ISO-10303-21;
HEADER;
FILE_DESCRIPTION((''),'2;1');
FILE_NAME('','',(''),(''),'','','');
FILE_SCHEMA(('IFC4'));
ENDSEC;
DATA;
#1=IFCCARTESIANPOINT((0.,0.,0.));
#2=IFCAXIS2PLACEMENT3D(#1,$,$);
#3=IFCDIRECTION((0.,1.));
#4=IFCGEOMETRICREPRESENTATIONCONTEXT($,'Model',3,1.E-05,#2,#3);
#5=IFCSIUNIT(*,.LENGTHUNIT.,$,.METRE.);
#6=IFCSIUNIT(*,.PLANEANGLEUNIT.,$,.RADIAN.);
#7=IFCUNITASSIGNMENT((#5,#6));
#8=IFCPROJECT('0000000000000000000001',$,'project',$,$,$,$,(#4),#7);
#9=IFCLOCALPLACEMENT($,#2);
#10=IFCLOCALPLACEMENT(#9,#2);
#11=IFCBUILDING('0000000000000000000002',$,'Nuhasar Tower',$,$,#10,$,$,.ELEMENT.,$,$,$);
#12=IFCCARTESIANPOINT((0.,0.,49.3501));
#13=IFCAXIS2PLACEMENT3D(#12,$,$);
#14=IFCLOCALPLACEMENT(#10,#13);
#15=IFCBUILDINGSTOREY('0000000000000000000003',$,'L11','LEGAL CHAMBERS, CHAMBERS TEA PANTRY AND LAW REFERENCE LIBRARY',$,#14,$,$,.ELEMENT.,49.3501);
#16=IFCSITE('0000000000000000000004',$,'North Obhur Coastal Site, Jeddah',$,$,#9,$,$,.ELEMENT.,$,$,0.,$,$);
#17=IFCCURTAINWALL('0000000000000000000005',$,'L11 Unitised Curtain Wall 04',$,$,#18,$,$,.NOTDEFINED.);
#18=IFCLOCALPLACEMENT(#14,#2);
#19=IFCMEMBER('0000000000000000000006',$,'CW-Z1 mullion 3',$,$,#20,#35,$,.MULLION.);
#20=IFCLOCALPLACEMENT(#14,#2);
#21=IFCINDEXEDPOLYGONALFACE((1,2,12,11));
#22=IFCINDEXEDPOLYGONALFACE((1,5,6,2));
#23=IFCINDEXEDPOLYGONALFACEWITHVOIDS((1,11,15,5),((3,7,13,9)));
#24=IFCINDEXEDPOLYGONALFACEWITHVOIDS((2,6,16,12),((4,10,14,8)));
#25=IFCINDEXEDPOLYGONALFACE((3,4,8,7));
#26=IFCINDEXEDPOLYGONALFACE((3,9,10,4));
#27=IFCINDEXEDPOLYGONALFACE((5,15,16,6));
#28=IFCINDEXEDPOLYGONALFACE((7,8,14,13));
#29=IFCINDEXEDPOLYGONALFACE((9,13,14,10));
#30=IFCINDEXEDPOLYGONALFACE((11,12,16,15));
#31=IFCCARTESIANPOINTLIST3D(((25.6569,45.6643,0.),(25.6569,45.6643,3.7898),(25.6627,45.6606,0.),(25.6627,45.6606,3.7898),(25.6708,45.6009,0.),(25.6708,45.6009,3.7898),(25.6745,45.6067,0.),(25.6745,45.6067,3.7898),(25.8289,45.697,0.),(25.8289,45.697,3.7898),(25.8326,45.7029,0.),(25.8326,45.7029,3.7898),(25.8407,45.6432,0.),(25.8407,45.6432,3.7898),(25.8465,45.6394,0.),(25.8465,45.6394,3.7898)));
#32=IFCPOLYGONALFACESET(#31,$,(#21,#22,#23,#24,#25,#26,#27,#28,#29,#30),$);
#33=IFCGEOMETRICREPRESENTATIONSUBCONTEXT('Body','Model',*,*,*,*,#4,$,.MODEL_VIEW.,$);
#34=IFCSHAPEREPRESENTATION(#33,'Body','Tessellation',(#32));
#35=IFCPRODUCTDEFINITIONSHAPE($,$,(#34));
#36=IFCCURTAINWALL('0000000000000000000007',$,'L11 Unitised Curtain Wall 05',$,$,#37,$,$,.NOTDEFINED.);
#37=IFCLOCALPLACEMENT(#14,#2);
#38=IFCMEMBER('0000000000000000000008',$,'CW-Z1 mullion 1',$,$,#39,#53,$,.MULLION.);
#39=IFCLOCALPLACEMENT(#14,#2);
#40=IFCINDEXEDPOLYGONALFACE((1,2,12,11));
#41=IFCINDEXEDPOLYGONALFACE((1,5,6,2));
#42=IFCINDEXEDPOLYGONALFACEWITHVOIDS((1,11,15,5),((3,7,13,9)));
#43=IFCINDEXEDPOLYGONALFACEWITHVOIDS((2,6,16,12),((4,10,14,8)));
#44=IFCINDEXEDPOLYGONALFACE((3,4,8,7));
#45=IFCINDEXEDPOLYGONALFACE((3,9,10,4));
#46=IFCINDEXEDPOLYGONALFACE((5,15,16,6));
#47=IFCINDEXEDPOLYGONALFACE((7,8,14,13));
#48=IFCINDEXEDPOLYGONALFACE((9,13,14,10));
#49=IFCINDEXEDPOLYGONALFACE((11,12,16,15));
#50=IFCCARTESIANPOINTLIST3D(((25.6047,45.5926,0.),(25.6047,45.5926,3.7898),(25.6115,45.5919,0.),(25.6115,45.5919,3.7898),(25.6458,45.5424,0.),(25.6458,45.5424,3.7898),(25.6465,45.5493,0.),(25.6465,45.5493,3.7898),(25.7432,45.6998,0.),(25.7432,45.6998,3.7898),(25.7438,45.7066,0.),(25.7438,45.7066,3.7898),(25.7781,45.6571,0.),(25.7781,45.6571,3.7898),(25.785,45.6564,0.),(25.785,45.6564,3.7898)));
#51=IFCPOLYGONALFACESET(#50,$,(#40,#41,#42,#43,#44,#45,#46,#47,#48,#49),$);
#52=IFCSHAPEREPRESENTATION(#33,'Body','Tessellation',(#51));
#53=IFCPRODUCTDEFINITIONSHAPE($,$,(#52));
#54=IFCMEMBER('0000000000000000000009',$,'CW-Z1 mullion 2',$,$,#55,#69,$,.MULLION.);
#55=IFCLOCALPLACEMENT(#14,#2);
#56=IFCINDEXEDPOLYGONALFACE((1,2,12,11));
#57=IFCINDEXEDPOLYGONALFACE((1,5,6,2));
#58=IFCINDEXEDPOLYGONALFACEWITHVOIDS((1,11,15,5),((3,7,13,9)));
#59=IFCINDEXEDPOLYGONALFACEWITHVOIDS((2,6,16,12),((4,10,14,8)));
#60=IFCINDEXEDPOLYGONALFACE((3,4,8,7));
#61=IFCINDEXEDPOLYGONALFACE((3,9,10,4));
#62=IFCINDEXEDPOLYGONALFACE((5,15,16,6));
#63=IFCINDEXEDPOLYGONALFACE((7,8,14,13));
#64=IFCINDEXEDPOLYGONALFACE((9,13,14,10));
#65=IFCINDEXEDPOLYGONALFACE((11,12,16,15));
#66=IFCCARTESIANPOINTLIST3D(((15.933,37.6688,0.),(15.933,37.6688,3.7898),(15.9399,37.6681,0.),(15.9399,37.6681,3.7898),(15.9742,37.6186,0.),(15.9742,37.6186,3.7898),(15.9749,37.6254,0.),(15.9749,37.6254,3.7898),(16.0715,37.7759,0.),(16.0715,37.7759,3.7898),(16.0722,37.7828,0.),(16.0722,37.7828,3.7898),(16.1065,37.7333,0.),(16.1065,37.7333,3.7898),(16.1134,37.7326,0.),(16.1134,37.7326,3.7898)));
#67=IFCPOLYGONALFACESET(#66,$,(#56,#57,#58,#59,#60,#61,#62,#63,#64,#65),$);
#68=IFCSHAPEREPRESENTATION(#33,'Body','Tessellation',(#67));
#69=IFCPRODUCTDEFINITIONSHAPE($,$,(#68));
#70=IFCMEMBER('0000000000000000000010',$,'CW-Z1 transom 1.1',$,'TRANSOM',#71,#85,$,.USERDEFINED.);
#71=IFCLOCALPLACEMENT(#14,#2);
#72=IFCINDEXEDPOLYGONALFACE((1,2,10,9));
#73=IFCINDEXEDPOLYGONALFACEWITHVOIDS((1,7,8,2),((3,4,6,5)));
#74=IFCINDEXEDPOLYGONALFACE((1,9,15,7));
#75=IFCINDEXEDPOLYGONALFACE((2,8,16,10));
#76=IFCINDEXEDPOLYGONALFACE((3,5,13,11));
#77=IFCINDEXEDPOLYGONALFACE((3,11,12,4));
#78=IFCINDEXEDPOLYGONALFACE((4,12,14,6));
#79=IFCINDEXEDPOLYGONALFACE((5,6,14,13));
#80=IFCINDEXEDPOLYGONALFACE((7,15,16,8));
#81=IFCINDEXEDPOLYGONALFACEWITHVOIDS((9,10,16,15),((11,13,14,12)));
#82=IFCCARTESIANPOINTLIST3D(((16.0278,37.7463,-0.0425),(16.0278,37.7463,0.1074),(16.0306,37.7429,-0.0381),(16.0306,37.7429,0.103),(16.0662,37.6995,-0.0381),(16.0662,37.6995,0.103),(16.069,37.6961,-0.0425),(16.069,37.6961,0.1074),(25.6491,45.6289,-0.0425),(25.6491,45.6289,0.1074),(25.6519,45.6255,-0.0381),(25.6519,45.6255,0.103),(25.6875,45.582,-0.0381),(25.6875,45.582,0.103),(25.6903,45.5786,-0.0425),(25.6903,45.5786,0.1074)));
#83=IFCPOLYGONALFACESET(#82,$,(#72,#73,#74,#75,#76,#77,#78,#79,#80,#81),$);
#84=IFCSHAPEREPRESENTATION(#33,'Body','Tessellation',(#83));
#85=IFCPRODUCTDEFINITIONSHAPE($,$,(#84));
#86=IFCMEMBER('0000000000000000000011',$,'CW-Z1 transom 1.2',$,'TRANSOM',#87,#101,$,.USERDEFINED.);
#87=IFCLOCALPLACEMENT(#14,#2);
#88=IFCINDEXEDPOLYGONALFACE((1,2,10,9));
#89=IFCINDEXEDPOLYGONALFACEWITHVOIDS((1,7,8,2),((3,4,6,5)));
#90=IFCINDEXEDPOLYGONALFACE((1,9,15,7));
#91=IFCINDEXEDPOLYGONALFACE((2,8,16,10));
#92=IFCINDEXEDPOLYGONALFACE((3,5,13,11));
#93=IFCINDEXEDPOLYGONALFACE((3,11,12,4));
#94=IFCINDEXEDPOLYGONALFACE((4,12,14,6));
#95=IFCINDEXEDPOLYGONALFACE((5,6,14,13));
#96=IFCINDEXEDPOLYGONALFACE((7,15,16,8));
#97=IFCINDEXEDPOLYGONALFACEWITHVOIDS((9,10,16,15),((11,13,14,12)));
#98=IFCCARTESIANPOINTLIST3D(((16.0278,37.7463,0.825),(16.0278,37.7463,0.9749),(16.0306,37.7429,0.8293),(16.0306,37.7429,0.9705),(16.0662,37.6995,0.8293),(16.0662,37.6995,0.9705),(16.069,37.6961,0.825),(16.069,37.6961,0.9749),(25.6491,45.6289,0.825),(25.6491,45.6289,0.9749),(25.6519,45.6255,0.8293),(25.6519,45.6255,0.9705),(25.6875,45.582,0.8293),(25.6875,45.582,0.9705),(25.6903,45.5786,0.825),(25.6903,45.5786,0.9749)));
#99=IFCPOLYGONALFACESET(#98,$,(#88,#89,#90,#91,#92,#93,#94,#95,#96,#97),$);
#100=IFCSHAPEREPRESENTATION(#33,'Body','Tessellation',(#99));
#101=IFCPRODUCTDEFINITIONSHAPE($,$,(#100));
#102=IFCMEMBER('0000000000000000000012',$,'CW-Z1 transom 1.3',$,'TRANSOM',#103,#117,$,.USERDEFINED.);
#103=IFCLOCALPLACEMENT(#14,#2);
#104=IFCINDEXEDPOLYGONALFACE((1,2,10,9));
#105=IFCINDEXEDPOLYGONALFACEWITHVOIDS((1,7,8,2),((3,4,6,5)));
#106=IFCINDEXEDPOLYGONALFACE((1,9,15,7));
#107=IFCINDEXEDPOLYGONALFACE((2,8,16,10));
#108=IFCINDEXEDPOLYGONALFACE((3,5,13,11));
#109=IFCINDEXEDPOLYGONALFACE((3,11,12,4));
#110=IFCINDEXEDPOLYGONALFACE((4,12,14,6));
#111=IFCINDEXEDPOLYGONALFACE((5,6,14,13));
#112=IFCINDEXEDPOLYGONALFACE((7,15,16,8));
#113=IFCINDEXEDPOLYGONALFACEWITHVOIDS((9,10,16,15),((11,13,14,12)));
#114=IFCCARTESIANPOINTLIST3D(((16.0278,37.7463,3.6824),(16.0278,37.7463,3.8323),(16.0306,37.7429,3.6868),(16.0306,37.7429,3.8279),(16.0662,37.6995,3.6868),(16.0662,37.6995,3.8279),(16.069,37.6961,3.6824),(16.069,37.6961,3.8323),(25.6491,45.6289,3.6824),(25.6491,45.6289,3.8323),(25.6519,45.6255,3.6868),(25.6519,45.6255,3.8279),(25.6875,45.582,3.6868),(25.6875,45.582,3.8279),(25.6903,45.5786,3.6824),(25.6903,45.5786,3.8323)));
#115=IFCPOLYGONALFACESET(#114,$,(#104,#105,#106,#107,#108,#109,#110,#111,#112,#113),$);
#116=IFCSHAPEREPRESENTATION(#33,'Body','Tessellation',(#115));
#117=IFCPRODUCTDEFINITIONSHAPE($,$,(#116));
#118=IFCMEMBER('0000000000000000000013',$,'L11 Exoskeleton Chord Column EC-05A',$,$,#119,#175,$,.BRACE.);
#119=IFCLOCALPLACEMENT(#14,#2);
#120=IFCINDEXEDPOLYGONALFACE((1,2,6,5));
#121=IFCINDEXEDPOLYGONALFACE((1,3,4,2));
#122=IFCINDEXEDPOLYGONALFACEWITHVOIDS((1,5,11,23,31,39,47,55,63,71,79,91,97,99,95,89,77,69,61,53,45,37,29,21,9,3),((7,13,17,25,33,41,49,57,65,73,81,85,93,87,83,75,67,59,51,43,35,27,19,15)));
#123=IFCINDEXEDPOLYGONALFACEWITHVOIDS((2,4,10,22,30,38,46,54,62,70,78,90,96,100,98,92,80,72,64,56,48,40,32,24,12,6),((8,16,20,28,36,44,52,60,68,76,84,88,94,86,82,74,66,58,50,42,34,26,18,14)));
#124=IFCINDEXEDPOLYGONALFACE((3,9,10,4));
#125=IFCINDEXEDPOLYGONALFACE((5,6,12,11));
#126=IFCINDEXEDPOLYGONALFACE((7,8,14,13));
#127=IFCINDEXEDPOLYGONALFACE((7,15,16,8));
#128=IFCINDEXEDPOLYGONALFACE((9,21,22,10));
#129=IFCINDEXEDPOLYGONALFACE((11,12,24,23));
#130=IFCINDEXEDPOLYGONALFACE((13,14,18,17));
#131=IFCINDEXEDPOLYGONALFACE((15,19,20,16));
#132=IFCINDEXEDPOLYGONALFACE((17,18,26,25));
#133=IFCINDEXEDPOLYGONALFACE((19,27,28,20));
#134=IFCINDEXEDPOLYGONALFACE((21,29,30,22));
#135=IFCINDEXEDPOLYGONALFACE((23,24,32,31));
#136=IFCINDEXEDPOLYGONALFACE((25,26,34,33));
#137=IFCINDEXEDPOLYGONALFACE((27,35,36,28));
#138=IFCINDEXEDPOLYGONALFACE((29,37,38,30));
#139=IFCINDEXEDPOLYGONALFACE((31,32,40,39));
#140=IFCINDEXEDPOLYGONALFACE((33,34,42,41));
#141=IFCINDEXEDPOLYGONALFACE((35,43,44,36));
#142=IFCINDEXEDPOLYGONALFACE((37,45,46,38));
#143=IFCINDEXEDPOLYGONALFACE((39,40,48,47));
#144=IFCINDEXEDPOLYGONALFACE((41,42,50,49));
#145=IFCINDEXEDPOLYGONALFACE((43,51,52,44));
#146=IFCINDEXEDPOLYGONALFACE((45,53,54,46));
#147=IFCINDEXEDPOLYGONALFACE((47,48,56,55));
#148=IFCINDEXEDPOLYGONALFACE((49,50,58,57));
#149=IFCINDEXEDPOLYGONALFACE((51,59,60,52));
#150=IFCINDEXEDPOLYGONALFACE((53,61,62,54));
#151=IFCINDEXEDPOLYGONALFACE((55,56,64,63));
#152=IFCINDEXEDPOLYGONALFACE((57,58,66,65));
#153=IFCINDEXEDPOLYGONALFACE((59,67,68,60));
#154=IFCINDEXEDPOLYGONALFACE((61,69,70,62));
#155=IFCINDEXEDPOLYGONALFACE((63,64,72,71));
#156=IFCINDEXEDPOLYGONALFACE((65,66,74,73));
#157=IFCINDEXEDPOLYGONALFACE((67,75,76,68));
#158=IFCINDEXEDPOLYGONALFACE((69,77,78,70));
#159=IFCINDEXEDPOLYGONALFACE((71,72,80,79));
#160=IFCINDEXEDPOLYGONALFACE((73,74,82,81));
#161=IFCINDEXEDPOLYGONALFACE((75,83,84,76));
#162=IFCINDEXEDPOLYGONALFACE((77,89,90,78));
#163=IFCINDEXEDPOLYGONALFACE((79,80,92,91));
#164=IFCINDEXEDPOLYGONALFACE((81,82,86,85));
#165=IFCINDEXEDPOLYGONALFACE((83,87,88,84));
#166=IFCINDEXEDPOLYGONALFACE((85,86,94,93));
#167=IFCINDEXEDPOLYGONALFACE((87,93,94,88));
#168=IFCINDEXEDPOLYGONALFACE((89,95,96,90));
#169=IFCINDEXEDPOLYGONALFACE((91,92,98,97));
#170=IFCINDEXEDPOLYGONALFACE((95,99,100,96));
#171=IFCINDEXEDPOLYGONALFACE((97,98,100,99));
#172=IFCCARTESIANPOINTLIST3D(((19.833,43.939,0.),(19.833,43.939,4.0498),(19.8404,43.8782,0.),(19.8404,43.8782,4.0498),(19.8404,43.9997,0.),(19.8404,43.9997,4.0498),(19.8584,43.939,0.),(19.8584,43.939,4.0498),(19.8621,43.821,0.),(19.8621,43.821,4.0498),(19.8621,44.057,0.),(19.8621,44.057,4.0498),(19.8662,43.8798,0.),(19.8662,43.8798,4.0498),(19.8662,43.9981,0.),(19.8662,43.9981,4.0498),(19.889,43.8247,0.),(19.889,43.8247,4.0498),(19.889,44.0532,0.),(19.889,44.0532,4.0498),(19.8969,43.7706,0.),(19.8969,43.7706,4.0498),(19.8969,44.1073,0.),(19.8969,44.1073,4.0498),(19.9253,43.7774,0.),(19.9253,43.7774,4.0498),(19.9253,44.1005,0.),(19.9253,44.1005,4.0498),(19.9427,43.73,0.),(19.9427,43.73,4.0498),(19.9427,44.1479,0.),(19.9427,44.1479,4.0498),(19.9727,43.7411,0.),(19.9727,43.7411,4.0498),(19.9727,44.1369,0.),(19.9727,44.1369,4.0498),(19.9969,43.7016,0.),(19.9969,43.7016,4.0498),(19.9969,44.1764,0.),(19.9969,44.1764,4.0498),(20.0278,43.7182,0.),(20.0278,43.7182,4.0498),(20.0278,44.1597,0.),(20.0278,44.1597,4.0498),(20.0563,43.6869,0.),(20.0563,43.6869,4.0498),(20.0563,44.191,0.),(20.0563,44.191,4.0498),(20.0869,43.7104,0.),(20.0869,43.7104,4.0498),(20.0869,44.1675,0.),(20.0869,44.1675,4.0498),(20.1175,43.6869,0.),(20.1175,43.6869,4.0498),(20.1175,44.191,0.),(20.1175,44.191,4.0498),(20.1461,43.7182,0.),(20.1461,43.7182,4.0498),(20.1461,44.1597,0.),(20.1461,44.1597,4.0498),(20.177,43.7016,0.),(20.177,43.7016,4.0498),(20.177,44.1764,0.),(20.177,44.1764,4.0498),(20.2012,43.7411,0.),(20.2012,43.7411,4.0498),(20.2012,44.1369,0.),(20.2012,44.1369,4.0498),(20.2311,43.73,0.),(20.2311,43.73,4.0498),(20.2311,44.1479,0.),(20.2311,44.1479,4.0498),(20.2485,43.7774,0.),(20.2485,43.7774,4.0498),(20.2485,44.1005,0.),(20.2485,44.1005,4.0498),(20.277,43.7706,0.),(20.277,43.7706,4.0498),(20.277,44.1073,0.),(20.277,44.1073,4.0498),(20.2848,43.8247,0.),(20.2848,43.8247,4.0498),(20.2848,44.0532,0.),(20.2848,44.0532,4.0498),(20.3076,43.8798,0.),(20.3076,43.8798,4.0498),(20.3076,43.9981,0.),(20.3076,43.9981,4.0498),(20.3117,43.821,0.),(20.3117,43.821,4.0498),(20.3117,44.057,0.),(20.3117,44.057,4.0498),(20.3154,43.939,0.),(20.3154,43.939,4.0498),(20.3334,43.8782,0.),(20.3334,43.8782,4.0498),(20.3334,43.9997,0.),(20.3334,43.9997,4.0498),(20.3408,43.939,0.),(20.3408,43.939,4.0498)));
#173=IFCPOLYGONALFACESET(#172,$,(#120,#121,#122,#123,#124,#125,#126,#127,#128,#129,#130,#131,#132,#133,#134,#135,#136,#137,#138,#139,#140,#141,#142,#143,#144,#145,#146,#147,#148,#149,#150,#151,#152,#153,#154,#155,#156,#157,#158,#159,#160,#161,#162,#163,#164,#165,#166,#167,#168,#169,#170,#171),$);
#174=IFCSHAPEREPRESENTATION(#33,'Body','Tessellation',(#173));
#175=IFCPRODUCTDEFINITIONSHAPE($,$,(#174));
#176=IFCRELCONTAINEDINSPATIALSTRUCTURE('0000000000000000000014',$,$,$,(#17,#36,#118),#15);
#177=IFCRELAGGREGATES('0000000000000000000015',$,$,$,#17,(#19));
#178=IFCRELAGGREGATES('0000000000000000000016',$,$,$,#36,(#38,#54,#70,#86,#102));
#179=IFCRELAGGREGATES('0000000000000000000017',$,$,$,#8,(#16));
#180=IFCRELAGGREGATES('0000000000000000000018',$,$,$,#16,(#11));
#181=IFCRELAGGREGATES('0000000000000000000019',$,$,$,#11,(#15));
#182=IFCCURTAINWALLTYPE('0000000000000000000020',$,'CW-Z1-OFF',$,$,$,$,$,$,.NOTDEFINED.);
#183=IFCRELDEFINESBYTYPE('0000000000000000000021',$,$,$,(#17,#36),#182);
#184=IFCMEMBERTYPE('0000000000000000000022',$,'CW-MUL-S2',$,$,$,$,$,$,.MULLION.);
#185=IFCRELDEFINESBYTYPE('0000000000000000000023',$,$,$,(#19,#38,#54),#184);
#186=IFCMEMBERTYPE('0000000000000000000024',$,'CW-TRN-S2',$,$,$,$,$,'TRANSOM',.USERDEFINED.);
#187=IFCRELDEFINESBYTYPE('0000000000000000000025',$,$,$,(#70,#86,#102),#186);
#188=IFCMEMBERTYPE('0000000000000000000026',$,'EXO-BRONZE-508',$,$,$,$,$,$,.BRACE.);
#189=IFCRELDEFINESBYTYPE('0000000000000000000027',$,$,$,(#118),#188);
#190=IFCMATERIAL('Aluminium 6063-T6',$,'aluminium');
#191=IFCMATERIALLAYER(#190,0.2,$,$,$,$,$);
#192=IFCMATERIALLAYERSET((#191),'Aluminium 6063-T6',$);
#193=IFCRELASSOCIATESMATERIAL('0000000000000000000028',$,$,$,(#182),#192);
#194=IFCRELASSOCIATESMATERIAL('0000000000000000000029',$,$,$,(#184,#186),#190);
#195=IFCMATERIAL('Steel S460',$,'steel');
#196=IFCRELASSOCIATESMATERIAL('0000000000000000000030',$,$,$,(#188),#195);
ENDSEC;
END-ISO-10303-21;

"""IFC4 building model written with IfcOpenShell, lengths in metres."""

from ifc_helpers import new_model, si_unit, direction, frame, origin, origin_2d, place, context, subcontext, project, spatial, hollow_rectangle, hollow_circle, extrude, material, layer, layer_set, material_profile, profile_set, type_object, element, aggregate, save


model = new_model("IFC4")

# Units and contexts
model_context = context("Model", 3, precision=1e-05, world=origin(), true_north=direction((0.0, 1.0)))
body_context = subcontext(model_context, "Body", "Model", "MODEL_VIEW")
ifc_project = project(units=[si_unit("LENGTHUNIT", "METRE"), si_unit("PLANEANGLEUNIT", "RADIAN")], contexts=[model_context])

# Site, building, storey
site_placement = place(None, origin())
site = spatial("IfcSite", under=ifc_project, at=site_placement, Name="North Obhur Coastal Site, Jeddah", CompositionType="ELEMENT", RefElevation=0.0)
building_placement = place(site_placement, origin())
building = spatial("IfcBuilding", under=site, at=building_placement, Name="Nuhasar Tower", CompositionType="ELEMENT")
storey_placement = place(building_placement, frame((0.0, 0.0, 49.3501)))
storey = spatial("IfcBuildingStorey", under=building, at=storey_placement, Name="L11", Description="LEGAL CHAMBERS, CHAMBERS TEA PANTRY AND LAW REFERENCE LIBRARY", CompositionType="ELEMENT", Elevation=49.3501)

# Curtain wall, member
ifc_material_1 = material(Name="Aluminium 6063-T6", Category="aluminium")
ifc_layer_1 = layer(ifc_material_1, 0.2)
ifc_layer_set_1 = layer_set([ifc_layer_1], Name="Aluminium 6063-T6")
curtain_wall_type = type_object("IfcCurtainWallType", Name="CW-Z1-OFF", PredefinedType="NOTDEFINED", material=ifc_layer_set_1)
curtain_wall_1_placement = place(storey_placement, origin())
curtain_wall_1 = element("IfcCurtainWall", 1, at=curtain_wall_1_placement, inside=storey, type_object=curtain_wall_type, Name="L11 Unitised Curtain Wall 04", PredefinedType="NOTDEFINED")
ifc_material_profile_1 = material_profile(ifc_material_1, hollow_rectangle(XDim=0.0649, YDim=0.1799, WallThickness=0.0049, at=origin_2d()), Name="CWM-2")
ifc_profile_set_1 = profile_set([ifc_material_profile_1], Name="Aluminium 6063-T6")
member_type_1 = type_object("IfcMemberType", Name="CW-MUL-S2", PredefinedType="MULLION", material=ifc_profile_set_1)
member_1_placement = place(storey_placement, frame((25.7517, 45.6519, 0.0), z_axis=(0.0, 0.0, 1.0), x_axis=(0.214399, -0.976746, 0.0)))
member_1 = element("IfcMember", 2, at=member_1_placement, type_object=member_type_1, Name="CW-Z1 mullion 3", PredefinedType="MULLION", context=body_context, shape_type="SweptSolid", body=[
    extrude(hollow_rectangle(XDim=0.0649, YDim=0.1799, WallThickness=0.0049, at=origin_2d()), origin(), (0.0, 0.0, 1.0), 3.7898),
])

# Curtain wall, members
curtain_wall_2_placement = place(storey_placement, origin())
curtain_wall_2 = element("IfcCurtainWall", 3, at=curtain_wall_2_placement, inside=storey, type_object=curtain_wall_type, Name="L11 Unitised Curtain Wall 05", PredefinedType="NOTDEFINED")
member_2_placement = place(storey_placement, frame((25.6948, 45.6245, 0.0), z_axis=(0.0, 0.0, 1.0), x_axis=(0.633745, -0.773542, 0.0)))
member_2 = element("IfcMember", 4, at=member_2_placement, type_object=member_type_1, Name="CW-Z1 mullion 1", PredefinedType="MULLION", context=body_context, shape_type="SweptSolid", body=[
    extrude(hollow_rectangle(XDim=0.0649, YDim=0.1799, WallThickness=0.0049, at=origin_2d()), origin(), (0.0, 0.0, 1.0), 3.7898),
])
member_3_placement = place(storey_placement, frame((16.0232, 37.7007, 0.0), z_axis=(0.0, 0.0, 1.0), x_axis=(0.633745, -0.773542, 0.0)))
member_3 = element("IfcMember", 5, at=member_3_placement, type_object=member_type_1, Name="CW-Z1 mullion 2", PredefinedType="MULLION", context=body_context, shape_type="SweptSolid", body=[
    extrude(hollow_rectangle(XDim=0.0649, YDim=0.1799, WallThickness=0.0049, at=origin_2d()), origin(), (0.0, 0.0, 1.0), 3.7898),
])
ifc_material_profile_2 = material_profile(ifc_material_1, hollow_rectangle(XDim=0.0649, YDim=0.1499, WallThickness=0.0044, at=origin_2d()), Name="CWT-2")
ifc_profile_set_2 = profile_set([ifc_material_profile_2], Name="Aluminium 6063-T6")
member_type_2 = type_object("IfcMemberType", Name="CW-TRN-S2", ElementType="TRANSOM", PredefinedType="USERDEFINED", material=ifc_profile_set_2)
member_4_placement = place(storey_placement, frame((25.6697, 45.6038, 0.0325), z_axis=(-0.773541, -0.633746, 0.0), x_axis=(0.633746, -0.773541, 0.0)))
member_4 = element("IfcMember", 6, at=member_4_placement, type_object=member_type_2, Name="CW-Z1 transom 1.1", ObjectType="TRANSOM", PredefinedType="USERDEFINED", context=body_context, shape_type="SweptSolid", body=[
    extrude(hollow_rectangle(XDim=0.0649, YDim=0.1499, WallThickness=0.0044, at=origin_2d()), origin(), (0.0, 0.0, 1.0), 12.438),
])
member_5_placement = place(storey_placement, frame((25.6697, 45.6038, 0.8999), z_axis=(-0.773541, -0.633746, 0.0), x_axis=(0.633746, -0.773541, 0.0)))
member_5 = element("IfcMember", 7, at=member_5_placement, type_object=member_type_2, Name="CW-Z1 transom 1.2", ObjectType="TRANSOM", PredefinedType="USERDEFINED", context=body_context, shape_type="SweptSolid", body=[
    extrude(hollow_rectangle(XDim=0.0649, YDim=0.1499, WallThickness=0.0044, at=origin_2d()), origin(), (0.0, 0.0, 1.0), 12.438),
])
member_6_placement = place(storey_placement, frame((25.6697, 45.6038, 3.7573), z_axis=(-0.773541, -0.633746, 0.0), x_axis=(0.633746, -0.773541, 0.0)))
member_6 = element("IfcMember", 8, at=member_6_placement, type_object=member_type_2, Name="CW-Z1 transom 1.3", ObjectType="TRANSOM", PredefinedType="USERDEFINED", context=body_context, shape_type="SweptSolid", body=[
    extrude(hollow_rectangle(XDim=0.0649, YDim=0.1499, WallThickness=0.0044, at=origin_2d()), origin(), (0.0, 0.0, 1.0), 12.438),
])

# Member
ifc_material_2 = material(Name="Steel S460", Category="steel")
ifc_material_profile_3 = material_profile(ifc_material_2, hollow_circle(Radius=0.2539, WallThickness=0.0254, at=origin_2d()), Name="HSS508X25.4")
ifc_profile_set_3 = profile_set([ifc_material_profile_3], Name="Steel S460")
member_type_3 = type_object("IfcMemberType", Name="EXO-BRONZE-508", PredefinedType="BRACE", material=ifc_profile_set_3)
for number, where, z_axis, x_axis, name in (
    (9, (20.0869, 43.939, 0.0), (0.0, 0.0, 1.0), (1.0, 0.0, 0.0), "L11 Exoskeleton Chord Column EC-05A"),
):
    element("IfcMember", number, at=place(storey_placement, frame(where, z_axis=z_axis, x_axis=x_axis)), inside=storey, type_object=member_type_3, Name=name, PredefinedType="BRACE", context=body_context, shape_type="SweptSolid", body=[
        extrude(hollow_circle(Radius=0.2539, WallThickness=0.0254, at=origin_2d()), origin(), (0.0, 0.0, 1.0), 4.0498),
    ])

aggregate(curtain_wall_1, [member_1])
aggregate(curtain_wall_2, [member_2, member_3, member_4, member_5, member_6])

save(model, "model.ifc")
